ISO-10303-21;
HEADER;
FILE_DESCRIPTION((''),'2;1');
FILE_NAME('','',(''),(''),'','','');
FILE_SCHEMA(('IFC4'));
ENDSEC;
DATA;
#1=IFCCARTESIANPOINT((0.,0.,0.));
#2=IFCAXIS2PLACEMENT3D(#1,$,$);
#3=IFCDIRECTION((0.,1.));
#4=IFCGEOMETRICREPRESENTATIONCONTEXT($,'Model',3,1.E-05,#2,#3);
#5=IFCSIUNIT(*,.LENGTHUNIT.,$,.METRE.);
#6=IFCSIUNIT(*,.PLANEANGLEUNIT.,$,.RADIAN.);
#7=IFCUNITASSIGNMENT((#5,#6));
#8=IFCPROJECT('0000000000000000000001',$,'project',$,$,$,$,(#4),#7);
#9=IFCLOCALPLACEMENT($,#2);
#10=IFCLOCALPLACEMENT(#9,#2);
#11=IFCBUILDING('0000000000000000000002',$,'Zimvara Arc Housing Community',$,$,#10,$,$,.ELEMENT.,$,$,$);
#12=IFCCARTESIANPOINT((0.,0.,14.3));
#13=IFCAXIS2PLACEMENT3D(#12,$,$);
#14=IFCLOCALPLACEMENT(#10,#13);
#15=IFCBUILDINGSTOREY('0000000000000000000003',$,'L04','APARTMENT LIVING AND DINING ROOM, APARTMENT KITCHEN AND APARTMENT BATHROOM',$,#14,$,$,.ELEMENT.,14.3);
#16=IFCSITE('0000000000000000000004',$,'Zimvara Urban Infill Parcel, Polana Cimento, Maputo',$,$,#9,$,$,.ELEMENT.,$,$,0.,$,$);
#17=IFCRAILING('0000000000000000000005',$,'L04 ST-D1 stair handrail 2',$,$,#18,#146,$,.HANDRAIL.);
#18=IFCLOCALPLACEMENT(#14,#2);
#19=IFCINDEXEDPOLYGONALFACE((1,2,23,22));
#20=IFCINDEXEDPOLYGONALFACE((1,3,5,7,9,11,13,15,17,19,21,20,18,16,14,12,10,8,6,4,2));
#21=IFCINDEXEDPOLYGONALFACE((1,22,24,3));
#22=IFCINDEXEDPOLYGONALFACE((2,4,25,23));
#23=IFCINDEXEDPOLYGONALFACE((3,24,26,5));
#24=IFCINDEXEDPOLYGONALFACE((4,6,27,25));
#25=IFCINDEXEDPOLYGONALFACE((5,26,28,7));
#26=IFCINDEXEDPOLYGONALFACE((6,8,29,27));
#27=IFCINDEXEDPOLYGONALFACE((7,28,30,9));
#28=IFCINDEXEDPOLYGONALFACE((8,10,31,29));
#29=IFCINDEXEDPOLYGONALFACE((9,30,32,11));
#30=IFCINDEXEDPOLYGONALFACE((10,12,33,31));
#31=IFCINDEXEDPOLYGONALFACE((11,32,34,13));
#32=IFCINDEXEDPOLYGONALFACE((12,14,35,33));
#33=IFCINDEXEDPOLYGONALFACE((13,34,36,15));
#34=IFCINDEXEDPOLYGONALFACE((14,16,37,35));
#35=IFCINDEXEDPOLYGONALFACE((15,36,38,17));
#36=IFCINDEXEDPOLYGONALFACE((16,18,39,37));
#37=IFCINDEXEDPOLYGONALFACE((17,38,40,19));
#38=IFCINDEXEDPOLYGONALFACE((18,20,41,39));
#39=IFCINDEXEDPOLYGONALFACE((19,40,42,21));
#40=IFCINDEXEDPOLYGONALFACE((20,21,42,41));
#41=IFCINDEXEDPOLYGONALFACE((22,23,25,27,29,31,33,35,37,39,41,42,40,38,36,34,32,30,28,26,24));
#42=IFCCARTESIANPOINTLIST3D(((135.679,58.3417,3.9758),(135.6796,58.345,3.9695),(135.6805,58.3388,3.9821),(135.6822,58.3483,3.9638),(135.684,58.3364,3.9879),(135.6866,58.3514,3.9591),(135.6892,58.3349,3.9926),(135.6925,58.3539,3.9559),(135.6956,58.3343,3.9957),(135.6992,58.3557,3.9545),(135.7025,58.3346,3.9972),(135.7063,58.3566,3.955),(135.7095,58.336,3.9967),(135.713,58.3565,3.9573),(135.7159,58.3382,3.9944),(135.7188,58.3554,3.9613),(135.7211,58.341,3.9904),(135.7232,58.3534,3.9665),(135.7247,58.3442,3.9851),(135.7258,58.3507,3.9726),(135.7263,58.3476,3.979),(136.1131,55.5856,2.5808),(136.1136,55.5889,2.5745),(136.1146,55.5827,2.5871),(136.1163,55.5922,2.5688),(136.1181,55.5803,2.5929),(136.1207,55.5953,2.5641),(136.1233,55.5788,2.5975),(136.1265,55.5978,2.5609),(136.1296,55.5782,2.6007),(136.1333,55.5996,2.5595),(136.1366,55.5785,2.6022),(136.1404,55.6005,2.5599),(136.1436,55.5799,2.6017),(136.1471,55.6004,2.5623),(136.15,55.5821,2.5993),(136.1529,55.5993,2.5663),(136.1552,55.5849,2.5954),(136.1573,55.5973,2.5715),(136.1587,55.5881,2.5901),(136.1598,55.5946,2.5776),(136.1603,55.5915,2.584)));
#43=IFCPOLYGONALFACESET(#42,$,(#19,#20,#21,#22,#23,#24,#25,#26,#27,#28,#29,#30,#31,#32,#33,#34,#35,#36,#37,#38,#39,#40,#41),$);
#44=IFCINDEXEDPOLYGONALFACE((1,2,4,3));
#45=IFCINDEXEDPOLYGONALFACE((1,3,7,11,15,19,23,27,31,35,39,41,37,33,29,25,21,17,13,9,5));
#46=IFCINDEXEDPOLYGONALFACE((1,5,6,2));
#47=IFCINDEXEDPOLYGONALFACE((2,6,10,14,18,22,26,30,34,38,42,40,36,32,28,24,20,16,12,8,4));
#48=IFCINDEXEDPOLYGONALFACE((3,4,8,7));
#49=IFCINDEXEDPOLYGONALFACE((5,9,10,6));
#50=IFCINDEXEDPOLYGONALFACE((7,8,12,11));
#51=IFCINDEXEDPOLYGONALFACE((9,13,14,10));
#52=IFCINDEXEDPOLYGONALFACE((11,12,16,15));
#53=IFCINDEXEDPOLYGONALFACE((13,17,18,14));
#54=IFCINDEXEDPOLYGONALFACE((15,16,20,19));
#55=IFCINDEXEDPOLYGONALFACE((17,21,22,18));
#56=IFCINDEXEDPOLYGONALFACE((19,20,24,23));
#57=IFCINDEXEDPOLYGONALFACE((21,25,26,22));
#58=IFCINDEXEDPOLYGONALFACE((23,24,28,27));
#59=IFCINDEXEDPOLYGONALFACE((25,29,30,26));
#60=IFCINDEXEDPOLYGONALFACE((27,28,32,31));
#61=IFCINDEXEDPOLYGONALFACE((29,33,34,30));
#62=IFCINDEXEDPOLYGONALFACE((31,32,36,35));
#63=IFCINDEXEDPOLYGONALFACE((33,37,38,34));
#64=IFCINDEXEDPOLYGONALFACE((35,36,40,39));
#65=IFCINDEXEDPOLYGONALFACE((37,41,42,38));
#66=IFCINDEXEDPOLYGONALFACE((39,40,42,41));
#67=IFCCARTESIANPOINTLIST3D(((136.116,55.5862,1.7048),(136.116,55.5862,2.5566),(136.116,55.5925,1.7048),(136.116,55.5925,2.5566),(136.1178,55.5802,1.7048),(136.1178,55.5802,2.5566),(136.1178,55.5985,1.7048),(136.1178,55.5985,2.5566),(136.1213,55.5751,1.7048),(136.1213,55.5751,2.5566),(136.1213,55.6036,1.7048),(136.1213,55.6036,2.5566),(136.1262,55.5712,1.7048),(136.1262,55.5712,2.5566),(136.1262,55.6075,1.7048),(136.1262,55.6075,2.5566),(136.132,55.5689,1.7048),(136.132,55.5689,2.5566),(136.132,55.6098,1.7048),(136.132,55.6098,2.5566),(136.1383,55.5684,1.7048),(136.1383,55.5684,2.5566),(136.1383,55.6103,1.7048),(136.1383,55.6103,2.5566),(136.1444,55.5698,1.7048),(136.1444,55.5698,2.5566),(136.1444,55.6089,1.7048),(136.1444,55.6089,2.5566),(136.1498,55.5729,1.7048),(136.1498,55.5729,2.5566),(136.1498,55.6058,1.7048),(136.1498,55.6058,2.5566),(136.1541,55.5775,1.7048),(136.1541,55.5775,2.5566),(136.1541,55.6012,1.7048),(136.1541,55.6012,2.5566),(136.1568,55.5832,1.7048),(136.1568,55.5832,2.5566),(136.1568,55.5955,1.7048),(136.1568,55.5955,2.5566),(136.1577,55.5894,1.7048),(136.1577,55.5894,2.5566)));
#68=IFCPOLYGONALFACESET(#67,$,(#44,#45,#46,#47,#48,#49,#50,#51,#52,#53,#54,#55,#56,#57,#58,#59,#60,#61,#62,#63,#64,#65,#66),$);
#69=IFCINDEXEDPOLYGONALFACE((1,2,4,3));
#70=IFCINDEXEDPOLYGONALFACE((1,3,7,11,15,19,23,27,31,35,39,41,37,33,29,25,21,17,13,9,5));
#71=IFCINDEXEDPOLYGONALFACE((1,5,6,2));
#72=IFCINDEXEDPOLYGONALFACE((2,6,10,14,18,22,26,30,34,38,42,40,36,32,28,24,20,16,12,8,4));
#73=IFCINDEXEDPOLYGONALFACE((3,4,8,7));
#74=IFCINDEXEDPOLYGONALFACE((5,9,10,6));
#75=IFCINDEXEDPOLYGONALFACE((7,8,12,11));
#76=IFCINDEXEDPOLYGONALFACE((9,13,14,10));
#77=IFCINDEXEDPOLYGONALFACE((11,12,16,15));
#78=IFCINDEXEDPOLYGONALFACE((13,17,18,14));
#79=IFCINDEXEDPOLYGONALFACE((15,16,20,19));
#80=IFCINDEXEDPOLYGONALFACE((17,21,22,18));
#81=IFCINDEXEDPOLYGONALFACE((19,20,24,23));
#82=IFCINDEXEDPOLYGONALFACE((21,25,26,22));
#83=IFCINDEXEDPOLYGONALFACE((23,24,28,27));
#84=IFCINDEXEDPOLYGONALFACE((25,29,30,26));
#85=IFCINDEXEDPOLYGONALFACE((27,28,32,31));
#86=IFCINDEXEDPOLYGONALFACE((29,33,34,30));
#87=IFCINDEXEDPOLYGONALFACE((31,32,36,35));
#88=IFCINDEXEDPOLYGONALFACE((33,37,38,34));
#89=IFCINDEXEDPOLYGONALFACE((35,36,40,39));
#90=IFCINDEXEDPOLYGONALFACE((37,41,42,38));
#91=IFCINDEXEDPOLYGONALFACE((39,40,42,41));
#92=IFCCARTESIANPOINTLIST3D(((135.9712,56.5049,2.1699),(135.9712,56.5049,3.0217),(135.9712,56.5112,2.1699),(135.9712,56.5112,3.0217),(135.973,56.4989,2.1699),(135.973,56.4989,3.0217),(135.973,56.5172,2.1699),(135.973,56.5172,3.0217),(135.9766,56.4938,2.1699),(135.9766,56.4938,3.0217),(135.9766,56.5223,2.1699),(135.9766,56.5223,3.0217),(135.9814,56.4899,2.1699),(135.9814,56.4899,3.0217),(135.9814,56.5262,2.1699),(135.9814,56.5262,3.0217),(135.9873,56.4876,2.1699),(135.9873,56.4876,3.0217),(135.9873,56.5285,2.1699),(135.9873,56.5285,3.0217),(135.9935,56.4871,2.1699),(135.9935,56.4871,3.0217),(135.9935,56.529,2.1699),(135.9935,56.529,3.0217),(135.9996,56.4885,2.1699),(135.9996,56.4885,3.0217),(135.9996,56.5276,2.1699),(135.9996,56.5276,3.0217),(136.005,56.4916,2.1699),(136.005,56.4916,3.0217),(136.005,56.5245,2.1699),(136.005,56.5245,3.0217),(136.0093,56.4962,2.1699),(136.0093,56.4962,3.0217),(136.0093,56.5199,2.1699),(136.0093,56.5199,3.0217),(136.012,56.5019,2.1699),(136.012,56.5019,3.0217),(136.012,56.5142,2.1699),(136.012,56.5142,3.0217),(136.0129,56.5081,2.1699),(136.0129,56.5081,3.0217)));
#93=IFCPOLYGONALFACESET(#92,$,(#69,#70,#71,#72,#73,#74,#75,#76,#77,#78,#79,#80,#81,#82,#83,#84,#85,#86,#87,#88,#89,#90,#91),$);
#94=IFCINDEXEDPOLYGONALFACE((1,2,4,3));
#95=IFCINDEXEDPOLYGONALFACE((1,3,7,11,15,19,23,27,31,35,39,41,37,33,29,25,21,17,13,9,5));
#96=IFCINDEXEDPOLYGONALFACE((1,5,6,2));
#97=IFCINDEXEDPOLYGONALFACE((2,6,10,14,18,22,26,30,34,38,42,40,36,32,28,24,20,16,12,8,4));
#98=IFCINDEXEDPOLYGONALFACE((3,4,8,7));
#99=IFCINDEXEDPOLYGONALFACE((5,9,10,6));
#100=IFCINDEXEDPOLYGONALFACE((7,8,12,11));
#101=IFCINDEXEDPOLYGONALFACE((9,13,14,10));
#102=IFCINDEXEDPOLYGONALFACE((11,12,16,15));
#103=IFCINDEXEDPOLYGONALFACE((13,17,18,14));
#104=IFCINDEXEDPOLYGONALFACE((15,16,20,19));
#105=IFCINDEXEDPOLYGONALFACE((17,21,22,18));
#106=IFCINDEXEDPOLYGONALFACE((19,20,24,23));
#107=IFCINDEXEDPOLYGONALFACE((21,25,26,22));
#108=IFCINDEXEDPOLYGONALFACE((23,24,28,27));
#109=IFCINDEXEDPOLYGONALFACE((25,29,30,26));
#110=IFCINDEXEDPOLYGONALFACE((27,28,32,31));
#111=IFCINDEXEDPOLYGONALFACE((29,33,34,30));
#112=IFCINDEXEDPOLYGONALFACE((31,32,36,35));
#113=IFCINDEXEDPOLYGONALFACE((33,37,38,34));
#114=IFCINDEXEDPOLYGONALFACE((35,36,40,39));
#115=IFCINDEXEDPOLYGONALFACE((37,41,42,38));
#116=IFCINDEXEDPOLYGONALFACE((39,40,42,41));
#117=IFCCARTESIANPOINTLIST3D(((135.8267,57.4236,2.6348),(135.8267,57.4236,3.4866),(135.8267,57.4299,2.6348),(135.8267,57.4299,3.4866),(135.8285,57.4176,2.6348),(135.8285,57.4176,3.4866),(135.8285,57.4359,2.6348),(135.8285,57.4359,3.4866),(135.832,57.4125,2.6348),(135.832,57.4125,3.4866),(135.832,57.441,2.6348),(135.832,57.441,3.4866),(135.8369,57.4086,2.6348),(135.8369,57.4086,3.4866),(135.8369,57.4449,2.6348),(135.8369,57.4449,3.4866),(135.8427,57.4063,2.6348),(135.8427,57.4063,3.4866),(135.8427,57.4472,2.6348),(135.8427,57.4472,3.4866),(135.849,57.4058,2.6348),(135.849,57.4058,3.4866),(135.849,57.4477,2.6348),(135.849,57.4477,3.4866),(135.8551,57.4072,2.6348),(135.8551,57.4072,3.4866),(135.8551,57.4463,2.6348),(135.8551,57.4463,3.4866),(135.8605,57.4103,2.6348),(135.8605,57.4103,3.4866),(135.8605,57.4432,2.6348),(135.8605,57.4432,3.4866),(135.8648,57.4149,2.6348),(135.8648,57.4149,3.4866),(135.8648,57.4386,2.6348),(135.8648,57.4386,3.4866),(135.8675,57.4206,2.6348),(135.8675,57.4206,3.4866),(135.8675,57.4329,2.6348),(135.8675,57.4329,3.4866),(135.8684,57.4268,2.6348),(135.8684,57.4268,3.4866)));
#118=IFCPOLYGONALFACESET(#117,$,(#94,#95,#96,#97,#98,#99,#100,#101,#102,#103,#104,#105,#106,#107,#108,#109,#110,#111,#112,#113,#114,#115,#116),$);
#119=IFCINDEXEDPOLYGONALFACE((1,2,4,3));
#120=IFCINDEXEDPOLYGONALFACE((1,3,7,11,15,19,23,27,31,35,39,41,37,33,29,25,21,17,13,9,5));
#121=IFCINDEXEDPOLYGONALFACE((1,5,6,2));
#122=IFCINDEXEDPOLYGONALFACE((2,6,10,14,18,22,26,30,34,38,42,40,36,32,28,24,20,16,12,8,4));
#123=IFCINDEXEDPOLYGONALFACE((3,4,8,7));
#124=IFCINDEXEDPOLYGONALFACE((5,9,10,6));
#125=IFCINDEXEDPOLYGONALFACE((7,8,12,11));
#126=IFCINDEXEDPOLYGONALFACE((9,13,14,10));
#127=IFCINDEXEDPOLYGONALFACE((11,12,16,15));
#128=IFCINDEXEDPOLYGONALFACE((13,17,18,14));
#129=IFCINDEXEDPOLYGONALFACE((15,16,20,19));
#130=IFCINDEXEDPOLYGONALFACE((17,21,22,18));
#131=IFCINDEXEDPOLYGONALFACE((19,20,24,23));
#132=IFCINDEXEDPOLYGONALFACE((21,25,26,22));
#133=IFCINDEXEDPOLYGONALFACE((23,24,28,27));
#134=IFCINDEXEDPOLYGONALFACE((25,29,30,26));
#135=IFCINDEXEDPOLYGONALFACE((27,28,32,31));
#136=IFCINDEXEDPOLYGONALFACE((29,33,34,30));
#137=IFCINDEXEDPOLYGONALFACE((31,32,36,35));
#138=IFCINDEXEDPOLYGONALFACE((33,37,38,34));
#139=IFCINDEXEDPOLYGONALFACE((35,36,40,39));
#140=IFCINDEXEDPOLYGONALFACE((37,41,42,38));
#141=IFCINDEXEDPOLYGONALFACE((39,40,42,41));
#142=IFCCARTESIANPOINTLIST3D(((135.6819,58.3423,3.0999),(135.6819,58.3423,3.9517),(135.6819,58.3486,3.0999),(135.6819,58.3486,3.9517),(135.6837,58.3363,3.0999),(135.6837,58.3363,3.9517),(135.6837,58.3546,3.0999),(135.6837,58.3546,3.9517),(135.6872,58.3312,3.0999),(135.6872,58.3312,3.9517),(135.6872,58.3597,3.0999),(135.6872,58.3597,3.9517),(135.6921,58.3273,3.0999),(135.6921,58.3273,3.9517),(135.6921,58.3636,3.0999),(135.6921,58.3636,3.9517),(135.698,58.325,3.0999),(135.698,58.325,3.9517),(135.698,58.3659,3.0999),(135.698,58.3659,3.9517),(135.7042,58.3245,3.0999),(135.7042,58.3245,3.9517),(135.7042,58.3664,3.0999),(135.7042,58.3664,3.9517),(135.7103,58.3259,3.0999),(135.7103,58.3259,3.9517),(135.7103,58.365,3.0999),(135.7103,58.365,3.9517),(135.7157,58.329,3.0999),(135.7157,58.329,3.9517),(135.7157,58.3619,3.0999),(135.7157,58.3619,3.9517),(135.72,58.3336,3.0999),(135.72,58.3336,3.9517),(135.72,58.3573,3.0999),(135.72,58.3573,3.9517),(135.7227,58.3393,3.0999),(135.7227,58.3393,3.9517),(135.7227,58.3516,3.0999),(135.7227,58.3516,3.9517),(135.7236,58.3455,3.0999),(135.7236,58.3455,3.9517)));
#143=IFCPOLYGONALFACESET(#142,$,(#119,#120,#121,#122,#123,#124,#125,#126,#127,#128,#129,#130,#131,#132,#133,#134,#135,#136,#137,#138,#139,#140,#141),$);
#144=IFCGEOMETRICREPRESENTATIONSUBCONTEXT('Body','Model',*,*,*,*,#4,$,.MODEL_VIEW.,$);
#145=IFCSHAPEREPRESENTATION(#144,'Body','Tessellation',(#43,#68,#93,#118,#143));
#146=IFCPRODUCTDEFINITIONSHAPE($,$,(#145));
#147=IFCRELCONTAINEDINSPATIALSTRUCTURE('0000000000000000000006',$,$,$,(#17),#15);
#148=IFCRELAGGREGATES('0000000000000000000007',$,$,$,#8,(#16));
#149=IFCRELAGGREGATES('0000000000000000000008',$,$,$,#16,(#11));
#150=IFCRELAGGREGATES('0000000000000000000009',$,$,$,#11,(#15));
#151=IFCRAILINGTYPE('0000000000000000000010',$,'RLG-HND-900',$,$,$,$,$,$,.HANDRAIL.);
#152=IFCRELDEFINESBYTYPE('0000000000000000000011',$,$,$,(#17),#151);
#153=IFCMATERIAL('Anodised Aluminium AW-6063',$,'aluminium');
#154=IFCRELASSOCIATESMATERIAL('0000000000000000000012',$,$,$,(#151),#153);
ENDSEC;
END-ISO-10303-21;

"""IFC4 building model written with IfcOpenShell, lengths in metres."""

from ifc_helpers import new_model, si_unit, direction, frame, origin, origin_2d, place, context, subcontext, project, spatial, circle, extrude, material, type_object, element, save


model = new_model("IFC4")

# Units and contexts
model_context = context("Model", 3, precision=1e-05, world=origin(), true_north=direction((0.0, 1.0)))
body_context = subcontext(model_context, "Body", "Model", "MODEL_VIEW")
ifc_project = project(units=[si_unit("LENGTHUNIT", "METRE"), si_unit("PLANEANGLEUNIT", "RADIAN")], contexts=[model_context])

# Site, building, storey
site_placement = place(None, origin())
site = spatial("IfcSite", under=ifc_project, at=site_placement, Name="Zimvara Urban Infill Parcel, Polana Cimento, Maputo", CompositionType="ELEMENT", RefElevation=0.0)
building_placement = place(site_placement, origin())
building = spatial("IfcBuilding", under=site, at=building_placement, Name="Zimvara Arc Housing Community", CompositionType="ELEMENT")
storey_placement = place(building_placement, frame((0.0, 0.0, 14.3)))
storey = spatial("IfcBuildingStorey", under=building, at=storey_placement, Name="L04", Description="APARTMENT LIVING AND DINING ROOM, APARTMENT KITCHEN AND APARTMENT BATHROOM", CompositionType="ELEMENT", Elevation=14.3)

# Railing
ifc_material_1 = material(Name="Anodised Aluminium AW-6063", Category="aluminium")
railing_type_1 = type_object("IfcRailingType", Name="RLG-HND-900", PredefinedType="HANDRAIL", material=ifc_material_1)
railing_1_placement = place(storey_placement, frame((136.1367, 55.5894, 1.7048)))
element("IfcRailing", 1, at=railing_1_placement, inside=storey, type_object=railing_type_1, Name="L04 ST-D1 stair handrail 2", PredefinedType="HANDRAIL", context=body_context, shape_type="SweptSolid", body=[
    extrude(circle(Radius=0.0239, at=origin_2d()), frame((0.0, 0.0, 0.876), z_axis=(-0.139156, 0.883538, 0.447209), x_axis=(-0.987823, -0.155581, 0.0)), (0.0, 0.0, 1.0), 3.1194),
    extrude(circle(Radius=0.021, at=origin_2d()), origin(), (0.0, 0.0, 1.0), 0.8518),
    extrude(circle(Radius=0.021, at=origin_2d()), frame((-0.1448, 0.9187, 0.4651)), (0.0, 0.0, 1.0), 0.8518),
    extrude(circle(Radius=0.021, at=origin_2d()), frame((-0.2893, 1.8374, 0.9299)), (0.0, 0.0, 1.0), 0.8518),
    extrude(circle(Radius=0.021, at=origin_2d()), frame((-0.4341, 2.7561, 1.395)), (0.0, 0.0, 1.0), 0.8518),
])

save(model, "model.ifc")
